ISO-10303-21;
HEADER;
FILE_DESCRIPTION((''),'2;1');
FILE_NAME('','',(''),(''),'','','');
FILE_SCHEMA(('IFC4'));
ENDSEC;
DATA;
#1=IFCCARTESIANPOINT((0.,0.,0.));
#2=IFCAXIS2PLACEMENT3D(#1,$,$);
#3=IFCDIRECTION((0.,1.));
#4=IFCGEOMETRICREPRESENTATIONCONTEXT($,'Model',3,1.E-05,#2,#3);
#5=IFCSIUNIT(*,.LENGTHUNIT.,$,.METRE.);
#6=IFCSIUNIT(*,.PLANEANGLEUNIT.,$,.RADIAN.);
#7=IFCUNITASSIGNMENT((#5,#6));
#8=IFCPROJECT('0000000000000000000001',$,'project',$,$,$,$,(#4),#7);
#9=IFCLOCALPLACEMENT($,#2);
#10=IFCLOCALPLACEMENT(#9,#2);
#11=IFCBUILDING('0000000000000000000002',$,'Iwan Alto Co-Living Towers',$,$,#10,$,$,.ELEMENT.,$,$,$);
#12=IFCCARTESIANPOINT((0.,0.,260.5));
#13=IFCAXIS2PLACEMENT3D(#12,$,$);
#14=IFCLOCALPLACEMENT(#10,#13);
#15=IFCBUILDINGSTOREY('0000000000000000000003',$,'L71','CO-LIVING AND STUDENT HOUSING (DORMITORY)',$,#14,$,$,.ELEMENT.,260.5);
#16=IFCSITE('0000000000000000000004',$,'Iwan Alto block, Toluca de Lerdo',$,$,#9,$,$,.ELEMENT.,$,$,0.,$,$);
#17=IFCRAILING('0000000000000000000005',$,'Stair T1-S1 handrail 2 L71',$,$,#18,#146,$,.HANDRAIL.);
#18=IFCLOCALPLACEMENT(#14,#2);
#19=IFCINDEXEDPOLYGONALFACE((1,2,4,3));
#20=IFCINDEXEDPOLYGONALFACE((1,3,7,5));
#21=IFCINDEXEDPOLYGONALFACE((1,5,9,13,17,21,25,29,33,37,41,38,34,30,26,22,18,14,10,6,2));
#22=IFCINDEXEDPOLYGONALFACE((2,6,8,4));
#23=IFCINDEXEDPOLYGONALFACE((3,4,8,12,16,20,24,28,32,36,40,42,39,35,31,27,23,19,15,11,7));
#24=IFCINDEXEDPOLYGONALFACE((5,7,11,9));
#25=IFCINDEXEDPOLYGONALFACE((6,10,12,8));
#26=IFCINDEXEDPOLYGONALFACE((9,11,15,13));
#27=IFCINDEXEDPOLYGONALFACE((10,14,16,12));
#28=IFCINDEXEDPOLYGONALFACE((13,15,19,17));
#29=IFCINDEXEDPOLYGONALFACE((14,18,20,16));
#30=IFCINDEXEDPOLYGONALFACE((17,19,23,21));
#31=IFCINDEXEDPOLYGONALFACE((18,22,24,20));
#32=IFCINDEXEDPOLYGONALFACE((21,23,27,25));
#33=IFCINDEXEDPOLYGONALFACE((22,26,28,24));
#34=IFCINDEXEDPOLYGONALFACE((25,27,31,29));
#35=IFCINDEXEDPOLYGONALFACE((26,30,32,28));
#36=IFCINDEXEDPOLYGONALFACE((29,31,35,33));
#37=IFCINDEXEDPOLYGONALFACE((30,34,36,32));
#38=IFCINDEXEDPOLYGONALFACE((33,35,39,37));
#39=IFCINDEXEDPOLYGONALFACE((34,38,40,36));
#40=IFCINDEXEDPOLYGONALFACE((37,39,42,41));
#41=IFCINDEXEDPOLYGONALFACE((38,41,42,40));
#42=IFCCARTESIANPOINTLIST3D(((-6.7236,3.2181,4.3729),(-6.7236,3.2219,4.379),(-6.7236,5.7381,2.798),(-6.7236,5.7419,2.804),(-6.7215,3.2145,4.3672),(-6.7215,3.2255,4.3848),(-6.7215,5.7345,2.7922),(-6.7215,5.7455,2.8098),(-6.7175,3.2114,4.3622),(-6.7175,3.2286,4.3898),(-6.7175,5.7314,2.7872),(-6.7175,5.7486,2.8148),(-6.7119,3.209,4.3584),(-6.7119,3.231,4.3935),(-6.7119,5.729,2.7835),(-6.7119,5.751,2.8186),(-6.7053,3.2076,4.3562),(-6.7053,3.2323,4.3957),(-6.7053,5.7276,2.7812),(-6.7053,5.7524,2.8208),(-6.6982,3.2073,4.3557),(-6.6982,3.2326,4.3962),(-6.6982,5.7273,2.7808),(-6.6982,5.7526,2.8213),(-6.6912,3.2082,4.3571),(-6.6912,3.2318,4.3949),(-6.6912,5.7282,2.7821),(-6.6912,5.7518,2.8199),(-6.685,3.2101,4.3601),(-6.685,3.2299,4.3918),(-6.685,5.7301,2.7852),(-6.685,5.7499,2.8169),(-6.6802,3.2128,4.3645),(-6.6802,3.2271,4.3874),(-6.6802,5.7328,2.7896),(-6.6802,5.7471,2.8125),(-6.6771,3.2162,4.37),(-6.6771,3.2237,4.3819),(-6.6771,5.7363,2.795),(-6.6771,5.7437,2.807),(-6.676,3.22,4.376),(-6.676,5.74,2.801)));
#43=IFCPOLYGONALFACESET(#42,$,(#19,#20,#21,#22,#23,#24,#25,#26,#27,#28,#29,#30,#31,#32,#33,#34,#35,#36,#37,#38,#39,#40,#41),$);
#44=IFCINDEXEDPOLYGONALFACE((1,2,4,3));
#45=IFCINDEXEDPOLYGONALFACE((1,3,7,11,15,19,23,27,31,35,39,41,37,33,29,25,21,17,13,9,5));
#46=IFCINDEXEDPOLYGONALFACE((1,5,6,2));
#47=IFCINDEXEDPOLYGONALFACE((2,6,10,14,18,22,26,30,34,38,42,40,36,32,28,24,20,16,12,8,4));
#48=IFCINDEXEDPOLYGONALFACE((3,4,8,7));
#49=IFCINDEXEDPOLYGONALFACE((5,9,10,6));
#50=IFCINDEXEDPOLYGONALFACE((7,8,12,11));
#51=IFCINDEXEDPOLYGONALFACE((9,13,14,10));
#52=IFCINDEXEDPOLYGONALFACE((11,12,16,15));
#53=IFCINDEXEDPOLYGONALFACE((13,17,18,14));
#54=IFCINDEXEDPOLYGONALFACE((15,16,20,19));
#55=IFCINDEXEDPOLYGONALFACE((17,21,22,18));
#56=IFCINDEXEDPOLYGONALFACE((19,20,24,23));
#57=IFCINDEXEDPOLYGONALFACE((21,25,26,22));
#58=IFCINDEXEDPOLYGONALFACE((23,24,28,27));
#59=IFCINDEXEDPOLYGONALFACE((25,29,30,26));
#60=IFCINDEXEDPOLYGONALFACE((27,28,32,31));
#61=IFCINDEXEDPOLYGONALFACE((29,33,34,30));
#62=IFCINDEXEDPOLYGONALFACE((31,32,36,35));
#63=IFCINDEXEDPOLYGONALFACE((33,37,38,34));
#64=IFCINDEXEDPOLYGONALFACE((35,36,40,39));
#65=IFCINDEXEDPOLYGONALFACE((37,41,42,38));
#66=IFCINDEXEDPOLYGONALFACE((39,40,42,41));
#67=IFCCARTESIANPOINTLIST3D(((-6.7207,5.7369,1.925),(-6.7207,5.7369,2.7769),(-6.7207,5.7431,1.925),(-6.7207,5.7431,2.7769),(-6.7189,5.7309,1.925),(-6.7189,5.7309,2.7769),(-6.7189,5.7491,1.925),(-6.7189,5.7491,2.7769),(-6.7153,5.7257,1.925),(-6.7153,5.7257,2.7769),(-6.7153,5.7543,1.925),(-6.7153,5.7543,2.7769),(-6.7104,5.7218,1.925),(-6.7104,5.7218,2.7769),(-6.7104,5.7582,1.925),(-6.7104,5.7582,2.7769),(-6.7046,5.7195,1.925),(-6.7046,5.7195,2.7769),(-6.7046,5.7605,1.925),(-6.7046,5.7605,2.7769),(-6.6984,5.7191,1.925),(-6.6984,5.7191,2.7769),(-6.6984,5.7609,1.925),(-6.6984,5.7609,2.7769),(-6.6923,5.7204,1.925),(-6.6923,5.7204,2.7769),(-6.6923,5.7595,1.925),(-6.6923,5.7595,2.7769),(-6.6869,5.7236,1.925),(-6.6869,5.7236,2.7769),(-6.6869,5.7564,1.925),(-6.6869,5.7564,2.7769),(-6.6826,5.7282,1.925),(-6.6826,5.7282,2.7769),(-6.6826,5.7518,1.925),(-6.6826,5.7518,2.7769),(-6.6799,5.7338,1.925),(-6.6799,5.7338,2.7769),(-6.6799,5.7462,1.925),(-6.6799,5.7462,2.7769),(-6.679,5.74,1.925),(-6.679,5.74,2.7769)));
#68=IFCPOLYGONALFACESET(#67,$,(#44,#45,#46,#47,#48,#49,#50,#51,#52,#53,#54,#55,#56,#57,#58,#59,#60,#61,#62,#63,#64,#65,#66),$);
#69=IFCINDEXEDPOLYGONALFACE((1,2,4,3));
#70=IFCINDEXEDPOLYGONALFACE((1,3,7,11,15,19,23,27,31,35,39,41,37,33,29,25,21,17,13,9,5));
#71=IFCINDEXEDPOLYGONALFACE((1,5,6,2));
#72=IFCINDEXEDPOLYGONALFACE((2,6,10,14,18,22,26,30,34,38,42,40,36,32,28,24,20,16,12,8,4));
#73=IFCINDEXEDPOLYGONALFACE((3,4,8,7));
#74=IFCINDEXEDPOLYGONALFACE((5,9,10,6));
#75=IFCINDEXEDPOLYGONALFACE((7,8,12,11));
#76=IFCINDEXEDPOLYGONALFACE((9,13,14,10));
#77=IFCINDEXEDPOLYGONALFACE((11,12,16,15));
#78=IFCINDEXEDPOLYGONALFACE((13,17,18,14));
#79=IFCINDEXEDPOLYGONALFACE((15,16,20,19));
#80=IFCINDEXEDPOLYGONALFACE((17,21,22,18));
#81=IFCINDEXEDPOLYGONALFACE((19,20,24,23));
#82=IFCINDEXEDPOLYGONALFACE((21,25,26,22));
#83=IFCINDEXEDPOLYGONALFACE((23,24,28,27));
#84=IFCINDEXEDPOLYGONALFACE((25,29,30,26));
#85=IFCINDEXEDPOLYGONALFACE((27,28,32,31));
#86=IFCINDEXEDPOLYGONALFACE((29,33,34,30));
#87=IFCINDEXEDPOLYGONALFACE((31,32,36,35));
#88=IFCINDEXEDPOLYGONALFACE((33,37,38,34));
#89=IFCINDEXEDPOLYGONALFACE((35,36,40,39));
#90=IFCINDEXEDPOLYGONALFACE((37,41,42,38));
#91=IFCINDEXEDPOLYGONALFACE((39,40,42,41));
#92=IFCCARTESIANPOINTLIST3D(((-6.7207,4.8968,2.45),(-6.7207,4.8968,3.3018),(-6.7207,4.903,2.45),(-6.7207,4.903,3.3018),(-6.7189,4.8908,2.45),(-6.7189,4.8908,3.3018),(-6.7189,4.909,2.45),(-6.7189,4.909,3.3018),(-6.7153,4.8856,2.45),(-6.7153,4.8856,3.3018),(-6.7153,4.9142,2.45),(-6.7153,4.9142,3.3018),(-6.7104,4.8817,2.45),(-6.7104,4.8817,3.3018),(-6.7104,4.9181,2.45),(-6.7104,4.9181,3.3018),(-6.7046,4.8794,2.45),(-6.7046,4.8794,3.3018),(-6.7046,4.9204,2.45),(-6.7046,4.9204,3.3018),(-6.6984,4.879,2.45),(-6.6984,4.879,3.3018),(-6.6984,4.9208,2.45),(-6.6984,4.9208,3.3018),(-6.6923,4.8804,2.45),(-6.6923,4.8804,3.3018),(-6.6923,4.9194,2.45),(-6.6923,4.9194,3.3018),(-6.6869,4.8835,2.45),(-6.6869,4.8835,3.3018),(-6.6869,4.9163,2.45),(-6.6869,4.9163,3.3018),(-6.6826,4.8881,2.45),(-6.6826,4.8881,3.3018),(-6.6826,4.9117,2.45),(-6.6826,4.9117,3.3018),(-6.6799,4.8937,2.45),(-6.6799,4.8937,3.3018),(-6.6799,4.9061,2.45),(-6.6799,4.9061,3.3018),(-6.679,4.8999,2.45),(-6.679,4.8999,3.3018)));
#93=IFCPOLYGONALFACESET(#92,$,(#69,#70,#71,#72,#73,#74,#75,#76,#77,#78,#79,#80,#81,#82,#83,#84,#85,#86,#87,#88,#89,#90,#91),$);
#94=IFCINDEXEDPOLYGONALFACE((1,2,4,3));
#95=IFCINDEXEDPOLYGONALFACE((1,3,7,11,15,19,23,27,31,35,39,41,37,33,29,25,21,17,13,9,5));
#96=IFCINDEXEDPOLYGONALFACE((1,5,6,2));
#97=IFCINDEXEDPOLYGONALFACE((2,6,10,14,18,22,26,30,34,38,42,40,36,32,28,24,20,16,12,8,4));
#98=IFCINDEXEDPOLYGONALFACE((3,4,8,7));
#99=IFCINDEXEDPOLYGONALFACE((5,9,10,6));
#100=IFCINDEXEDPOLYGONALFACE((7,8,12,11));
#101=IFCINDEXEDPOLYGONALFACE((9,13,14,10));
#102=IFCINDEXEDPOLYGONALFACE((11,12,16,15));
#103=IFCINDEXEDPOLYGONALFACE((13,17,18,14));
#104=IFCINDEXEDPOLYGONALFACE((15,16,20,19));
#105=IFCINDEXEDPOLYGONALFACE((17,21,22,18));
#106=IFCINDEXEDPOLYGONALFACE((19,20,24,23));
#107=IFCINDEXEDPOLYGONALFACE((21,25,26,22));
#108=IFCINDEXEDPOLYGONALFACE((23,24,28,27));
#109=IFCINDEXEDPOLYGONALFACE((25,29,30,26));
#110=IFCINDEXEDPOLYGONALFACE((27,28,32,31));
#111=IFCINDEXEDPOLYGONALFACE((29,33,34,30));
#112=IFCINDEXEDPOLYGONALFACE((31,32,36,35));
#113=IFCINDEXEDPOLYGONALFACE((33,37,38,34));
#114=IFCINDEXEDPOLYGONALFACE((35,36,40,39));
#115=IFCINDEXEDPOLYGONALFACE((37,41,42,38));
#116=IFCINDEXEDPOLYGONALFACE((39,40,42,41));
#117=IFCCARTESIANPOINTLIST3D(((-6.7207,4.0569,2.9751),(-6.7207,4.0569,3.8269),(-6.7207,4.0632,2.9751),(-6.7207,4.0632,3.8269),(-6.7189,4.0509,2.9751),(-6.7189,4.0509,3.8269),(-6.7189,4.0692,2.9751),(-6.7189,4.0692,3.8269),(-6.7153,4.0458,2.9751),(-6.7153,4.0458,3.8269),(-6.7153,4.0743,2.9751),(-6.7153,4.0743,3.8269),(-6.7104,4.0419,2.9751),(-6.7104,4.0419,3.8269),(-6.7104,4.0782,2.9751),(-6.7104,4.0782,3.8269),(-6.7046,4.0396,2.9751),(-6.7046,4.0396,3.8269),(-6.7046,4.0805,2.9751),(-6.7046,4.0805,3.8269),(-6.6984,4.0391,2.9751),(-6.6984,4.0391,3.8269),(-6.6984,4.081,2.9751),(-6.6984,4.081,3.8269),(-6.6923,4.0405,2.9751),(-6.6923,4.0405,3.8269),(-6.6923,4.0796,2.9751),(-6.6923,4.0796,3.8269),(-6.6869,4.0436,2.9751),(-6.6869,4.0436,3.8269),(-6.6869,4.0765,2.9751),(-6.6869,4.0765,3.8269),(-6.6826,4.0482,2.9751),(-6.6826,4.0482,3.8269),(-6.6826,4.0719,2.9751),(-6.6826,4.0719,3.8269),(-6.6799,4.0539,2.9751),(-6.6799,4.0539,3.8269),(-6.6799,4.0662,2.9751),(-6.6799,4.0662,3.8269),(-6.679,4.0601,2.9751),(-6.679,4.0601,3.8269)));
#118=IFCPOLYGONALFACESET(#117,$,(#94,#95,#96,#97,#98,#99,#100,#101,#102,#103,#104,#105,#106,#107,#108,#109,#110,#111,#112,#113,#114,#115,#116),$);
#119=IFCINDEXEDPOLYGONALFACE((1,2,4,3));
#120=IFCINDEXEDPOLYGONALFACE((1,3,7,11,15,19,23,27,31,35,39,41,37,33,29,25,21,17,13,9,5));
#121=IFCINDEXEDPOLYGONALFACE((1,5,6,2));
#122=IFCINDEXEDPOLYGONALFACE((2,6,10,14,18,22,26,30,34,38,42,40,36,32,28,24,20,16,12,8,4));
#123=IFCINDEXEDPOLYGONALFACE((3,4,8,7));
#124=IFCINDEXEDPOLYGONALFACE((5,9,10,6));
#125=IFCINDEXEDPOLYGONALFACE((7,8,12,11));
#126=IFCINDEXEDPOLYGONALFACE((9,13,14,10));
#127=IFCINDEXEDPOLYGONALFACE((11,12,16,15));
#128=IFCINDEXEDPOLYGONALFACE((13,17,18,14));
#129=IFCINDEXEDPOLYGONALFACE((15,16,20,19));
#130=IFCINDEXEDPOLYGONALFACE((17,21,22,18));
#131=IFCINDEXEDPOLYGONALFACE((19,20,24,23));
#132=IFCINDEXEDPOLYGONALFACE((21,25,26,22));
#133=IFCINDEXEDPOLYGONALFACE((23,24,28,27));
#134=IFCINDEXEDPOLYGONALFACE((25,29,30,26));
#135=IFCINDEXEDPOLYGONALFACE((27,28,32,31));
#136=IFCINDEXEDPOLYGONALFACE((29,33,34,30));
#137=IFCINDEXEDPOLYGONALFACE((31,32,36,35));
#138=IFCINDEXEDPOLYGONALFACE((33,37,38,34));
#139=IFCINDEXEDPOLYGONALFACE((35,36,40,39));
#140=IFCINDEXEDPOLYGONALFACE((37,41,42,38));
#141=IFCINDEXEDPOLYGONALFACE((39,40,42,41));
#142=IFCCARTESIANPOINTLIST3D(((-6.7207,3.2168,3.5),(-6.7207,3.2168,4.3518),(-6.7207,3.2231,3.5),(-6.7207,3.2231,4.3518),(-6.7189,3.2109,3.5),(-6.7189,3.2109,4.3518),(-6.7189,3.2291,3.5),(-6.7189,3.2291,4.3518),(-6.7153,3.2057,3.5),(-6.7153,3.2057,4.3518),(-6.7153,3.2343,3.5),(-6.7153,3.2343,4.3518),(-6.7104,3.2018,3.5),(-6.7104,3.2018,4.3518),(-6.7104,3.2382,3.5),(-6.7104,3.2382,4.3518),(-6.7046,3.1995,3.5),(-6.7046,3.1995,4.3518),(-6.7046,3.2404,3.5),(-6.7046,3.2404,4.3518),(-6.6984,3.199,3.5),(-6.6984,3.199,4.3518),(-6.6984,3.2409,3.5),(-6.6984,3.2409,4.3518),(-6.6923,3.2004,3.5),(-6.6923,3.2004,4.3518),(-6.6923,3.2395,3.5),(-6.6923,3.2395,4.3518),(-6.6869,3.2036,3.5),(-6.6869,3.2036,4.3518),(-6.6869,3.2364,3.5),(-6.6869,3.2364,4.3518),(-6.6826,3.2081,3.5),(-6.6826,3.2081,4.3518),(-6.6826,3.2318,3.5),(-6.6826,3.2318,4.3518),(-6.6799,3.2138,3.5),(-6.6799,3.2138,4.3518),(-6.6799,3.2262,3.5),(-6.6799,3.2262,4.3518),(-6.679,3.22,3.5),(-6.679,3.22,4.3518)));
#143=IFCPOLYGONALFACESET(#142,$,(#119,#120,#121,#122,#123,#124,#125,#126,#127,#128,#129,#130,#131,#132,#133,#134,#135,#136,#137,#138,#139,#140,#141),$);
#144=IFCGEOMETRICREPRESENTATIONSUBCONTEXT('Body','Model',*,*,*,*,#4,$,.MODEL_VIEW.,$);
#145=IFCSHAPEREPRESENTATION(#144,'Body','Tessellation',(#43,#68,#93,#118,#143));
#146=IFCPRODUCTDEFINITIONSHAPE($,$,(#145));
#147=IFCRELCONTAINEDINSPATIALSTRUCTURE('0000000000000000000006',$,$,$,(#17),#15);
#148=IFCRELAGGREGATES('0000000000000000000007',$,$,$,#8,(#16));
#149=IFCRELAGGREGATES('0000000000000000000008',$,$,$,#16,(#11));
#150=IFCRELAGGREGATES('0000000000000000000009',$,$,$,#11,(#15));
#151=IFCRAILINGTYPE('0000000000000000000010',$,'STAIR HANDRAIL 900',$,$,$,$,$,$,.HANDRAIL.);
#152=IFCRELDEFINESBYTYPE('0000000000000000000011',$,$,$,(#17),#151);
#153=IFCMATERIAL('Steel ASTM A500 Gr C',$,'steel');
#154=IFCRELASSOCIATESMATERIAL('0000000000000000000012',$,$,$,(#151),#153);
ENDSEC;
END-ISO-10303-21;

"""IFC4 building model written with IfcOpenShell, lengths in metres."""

from ifc_helpers import new_model, si_unit, direction, frame, origin, origin_2d, place, context, subcontext, project, spatial, circle, extrude, material, type_object, element, save


model = new_model("IFC4")

# Units and contexts
model_context = context("Model", 3, precision=1e-05, world=origin(), true_north=direction((0.0, 1.0)))
body_context = subcontext(model_context, "Body", "Model", "MODEL_VIEW")
ifc_project = project(units=[si_unit("LENGTHUNIT", "METRE"), si_unit("PLANEANGLEUNIT", "RADIAN")], contexts=[model_context])

# Site, building, storey
site_placement = place(None, origin())
site = spatial("IfcSite", under=ifc_project, at=site_placement, Name="Iwan Alto block, Toluca de Lerdo", CompositionType="ELEMENT", RefElevation=0.0)
building_placement = place(site_placement, origin())
building = spatial("IfcBuilding", under=site, at=building_placement, Name="Iwan Alto Co-Living Towers", CompositionType="ELEMENT")
storey_placement = place(building_placement, frame((0.0, 0.0, 260.5)))
storey = spatial("IfcBuildingStorey", under=building, at=storey_placement, Name="L71", Description="CO-LIVING AND STUDENT HOUSING (DORMITORY)", CompositionType="ELEMENT", Elevation=260.5)

# Railing
ifc_material_1 = material(Name="Steel ASTM A500 Gr C", Category="steel")
railing_type_1 = type_object("IfcRailingType", Name="STAIR HANDRAIL 900", PredefinedType="HANDRAIL", material=ifc_material_1)
railing_1_placement = place(storey_placement, frame((-6.7, 5.74, 1.925)))
element("IfcRailing", 1, at=railing_1_placement, inside=storey, type_object=railing_type_1, Name="Stair T1-S1 handrail 2 L71", PredefinedType="HANDRAIL", context=body_context, shape_type="SweptSolid", body=[
    extrude(circle(Radius=0.0239, at=origin_2d()), frame((0.0, 0.0, 0.876), z_axis=(0.0, -0.848008, 0.529984), x_axis=(1.0, 0.0, 0.0)), (0.0, 0.0, 1.0), 2.9717),
    extrude(circle(Radius=0.021, at=origin_2d()), origin(), (0.0, 0.0, 1.0), 0.8518),
    extrude(circle(Radius=0.021, at=origin_2d()), frame((0.0, -0.8401, 0.5249)), (0.0, 0.0, 1.0), 0.8518),
    extrude(circle(Radius=0.021, at=origin_2d()), frame((0.0, -1.6799, 1.05)), (0.0, 0.0, 1.0), 0.8518),
    extrude(circle(Radius=0.021, at=origin_2d()), frame((0.0, -2.52, 1.575)), (0.0, 0.0, 1.0), 0.8518),
])

save(model, "model.ifc")
